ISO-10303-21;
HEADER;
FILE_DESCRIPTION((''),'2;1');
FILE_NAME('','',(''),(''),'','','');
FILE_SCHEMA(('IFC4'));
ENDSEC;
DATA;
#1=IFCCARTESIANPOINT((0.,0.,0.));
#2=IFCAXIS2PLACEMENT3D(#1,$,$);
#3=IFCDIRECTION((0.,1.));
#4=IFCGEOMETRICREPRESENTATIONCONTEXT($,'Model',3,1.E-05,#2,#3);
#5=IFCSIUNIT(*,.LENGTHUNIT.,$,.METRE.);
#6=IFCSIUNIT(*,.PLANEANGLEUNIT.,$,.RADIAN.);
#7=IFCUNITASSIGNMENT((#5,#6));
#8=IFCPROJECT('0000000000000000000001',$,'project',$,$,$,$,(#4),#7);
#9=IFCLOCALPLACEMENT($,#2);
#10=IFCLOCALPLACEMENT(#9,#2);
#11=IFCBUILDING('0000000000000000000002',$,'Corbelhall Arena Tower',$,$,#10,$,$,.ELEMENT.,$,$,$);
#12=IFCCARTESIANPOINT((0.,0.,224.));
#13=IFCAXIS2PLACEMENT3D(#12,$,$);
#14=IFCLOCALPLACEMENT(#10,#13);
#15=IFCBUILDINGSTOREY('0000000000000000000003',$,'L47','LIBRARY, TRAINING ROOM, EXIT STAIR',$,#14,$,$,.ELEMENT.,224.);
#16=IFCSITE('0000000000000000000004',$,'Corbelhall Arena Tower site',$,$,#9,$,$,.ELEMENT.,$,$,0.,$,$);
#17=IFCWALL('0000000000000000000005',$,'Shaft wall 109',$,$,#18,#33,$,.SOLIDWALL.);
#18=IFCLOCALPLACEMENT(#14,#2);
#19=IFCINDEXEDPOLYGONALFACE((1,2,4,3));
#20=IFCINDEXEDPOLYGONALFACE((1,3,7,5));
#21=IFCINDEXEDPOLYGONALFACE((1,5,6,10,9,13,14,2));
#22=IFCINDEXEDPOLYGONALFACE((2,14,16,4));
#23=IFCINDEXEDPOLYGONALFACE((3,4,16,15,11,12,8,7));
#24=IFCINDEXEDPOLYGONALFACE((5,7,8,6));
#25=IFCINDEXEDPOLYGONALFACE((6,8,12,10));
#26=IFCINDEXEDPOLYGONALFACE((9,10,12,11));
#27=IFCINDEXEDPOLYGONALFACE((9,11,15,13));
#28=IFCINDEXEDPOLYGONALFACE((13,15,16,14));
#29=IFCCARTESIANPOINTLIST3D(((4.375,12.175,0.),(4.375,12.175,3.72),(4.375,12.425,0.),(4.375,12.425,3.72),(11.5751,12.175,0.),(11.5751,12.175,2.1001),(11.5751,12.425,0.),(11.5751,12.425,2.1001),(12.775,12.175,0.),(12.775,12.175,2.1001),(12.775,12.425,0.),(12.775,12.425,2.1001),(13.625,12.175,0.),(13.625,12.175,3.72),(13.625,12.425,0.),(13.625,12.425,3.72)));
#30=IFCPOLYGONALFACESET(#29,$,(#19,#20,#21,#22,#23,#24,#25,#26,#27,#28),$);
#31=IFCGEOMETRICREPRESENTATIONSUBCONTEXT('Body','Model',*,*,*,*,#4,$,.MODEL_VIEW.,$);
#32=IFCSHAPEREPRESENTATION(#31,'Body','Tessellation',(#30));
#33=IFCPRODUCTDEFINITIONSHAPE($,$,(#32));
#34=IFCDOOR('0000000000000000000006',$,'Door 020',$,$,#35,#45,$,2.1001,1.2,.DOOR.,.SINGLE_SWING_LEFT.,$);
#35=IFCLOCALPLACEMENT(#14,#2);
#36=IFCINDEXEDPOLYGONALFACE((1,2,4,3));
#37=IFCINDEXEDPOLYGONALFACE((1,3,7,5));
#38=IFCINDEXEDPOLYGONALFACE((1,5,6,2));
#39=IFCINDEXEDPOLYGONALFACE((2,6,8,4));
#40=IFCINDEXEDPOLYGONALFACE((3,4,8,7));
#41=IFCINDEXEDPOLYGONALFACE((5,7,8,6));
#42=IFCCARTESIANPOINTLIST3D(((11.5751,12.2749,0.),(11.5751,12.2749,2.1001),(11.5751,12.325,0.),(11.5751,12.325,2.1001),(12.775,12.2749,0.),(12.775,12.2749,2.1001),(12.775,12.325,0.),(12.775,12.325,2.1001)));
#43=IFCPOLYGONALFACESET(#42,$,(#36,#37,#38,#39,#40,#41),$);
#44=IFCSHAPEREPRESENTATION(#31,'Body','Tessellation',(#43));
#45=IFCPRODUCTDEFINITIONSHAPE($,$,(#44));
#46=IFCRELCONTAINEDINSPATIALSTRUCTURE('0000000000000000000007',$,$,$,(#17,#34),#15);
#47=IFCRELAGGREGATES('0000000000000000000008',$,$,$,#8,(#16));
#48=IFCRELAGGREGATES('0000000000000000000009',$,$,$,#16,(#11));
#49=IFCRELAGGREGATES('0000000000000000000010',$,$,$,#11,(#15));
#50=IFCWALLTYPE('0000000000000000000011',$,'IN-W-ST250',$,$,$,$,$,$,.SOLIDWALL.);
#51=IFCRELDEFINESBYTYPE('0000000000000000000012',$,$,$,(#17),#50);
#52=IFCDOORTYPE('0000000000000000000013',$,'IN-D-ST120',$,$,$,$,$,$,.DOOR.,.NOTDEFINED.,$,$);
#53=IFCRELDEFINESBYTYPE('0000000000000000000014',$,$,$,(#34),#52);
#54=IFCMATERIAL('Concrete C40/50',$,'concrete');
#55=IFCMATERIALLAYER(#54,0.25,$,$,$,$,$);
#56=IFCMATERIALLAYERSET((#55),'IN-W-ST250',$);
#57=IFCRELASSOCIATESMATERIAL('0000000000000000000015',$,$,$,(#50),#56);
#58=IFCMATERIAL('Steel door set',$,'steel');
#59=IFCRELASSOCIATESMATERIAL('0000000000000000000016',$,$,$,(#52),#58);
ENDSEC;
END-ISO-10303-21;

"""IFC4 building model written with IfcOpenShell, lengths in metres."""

from ifc_helpers import new_model, si_unit, direction, frame, frame_2d, origin, place, context, subcontext, project, spatial, rectangle, extrude, material, layer, layer_set, type_object, element, fill, save


model = new_model("IFC4")

# Units and contexts
model_context = context("Model", 3, precision=1e-05, world=origin(), true_north=direction((0.0, 1.0)))
body_context = subcontext(model_context, "Body", "Model", "MODEL_VIEW")
ifc_project = project(units=[si_unit("LENGTHUNIT", "METRE"), si_unit("PLANEANGLEUNIT", "RADIAN")], contexts=[model_context])

# Site, building, storey
site_placement = place(None, origin())
site = spatial("IfcSite", under=ifc_project, at=site_placement, Name="Corbelhall Arena Tower site", CompositionType="ELEMENT", RefElevation=0.0)
building_placement = place(site_placement, origin())
building = spatial("IfcBuilding", under=site, at=building_placement, Name="Corbelhall Arena Tower", CompositionType="ELEMENT")
storey_placement = place(building_placement, frame((0.0, 0.0, 224.0)))
storey = spatial("IfcBuildingStorey", under=building, at=storey_placement, Name="L47", Description="LIBRARY, TRAINING ROOM, EXIT STAIR", CompositionType="ELEMENT", Elevation=224.0)

# Shared definitions
ifc_material_1 = material(Name="Concrete C40/50", Category="concrete")

# Shared definitions
ifc_material_2 = material(Name="Steel door set", Category="steel")

# Wall, opening, door
ifc_layer_1 = layer(ifc_material_1, 0.25)
ifc_layer_set_1 = layer_set([ifc_layer_1], Name="IN-W-ST250")
wall_type_1 = type_object("IfcWallType", Name="IN-W-ST250", PredefinedType="SOLIDWALL", material=ifc_layer_set_1)
wall_1_placement = place(storey_placement, frame((4.375, 12.3, 0.0), z_axis=(0.0, 0.0, 1.0), x_axis=(1.0, 0.0, 0.0)))
wall_1 = element("IfcWall", 1, at=wall_1_placement, inside=storey, type_object=wall_type_1, Name="Shaft wall 109", PredefinedType="SOLIDWALL", context=body_context, shape_type="SweptSolid", body=[
    extrude(rectangle(XDim=9.25, YDim=0.25, at=frame_2d((4.625, 0.0))), origin(), (0.0, 0.0, 1.0), 3.72),
])
opening_1_placement = place(wall_1_placement, frame((7.2, 0.0, 0.0)))
opening_1 = element("IfcOpeningElement", 2, at=opening_1_placement, cuts=wall_1, PredefinedType="OPENING", context=body_context, shape_type="SweptSolid", body=[
    extrude(rectangle(XDim=1.2, YDim=2.1001, at=frame_2d((0.6001, 1.05))), frame((0.0, 0.125, 0.0), z_axis=(0.0, -1.0, 0.0), x_axis=(1.0, 0.0, 0.0)), (0.0, 0.0, 1.0), 0.25),
])
door_type_1 = type_object("IfcDoorType", Name="IN-D-ST120", OperationType="NOTDEFINED", PredefinedType="DOOR", material=ifc_material_2)
door_1_placement = place(opening_1_placement, origin())
door_1 = element("IfcDoor", 3, at=door_1_placement, inside=storey, type_object=door_type_1, Name="Door 020", OperationType="SINGLE_SWING_LEFT", OverallHeight=2.1001, OverallWidth=1.2, PredefinedType="DOOR", context=body_context, shape_type="SweptSolid", body=[
    extrude(rectangle(XDim=1.2, YDim=2.1001, at=frame_2d((0.6001, 1.05))), frame((0.0, 0.0249, 0.0), z_axis=(0.0, -1.0, 0.0), x_axis=(1.0, 0.0, 0.0)), (0.0, 0.0, 1.0), 0.05),
])
fill(opening_1, door_1)

save(model, "model.ifc")
